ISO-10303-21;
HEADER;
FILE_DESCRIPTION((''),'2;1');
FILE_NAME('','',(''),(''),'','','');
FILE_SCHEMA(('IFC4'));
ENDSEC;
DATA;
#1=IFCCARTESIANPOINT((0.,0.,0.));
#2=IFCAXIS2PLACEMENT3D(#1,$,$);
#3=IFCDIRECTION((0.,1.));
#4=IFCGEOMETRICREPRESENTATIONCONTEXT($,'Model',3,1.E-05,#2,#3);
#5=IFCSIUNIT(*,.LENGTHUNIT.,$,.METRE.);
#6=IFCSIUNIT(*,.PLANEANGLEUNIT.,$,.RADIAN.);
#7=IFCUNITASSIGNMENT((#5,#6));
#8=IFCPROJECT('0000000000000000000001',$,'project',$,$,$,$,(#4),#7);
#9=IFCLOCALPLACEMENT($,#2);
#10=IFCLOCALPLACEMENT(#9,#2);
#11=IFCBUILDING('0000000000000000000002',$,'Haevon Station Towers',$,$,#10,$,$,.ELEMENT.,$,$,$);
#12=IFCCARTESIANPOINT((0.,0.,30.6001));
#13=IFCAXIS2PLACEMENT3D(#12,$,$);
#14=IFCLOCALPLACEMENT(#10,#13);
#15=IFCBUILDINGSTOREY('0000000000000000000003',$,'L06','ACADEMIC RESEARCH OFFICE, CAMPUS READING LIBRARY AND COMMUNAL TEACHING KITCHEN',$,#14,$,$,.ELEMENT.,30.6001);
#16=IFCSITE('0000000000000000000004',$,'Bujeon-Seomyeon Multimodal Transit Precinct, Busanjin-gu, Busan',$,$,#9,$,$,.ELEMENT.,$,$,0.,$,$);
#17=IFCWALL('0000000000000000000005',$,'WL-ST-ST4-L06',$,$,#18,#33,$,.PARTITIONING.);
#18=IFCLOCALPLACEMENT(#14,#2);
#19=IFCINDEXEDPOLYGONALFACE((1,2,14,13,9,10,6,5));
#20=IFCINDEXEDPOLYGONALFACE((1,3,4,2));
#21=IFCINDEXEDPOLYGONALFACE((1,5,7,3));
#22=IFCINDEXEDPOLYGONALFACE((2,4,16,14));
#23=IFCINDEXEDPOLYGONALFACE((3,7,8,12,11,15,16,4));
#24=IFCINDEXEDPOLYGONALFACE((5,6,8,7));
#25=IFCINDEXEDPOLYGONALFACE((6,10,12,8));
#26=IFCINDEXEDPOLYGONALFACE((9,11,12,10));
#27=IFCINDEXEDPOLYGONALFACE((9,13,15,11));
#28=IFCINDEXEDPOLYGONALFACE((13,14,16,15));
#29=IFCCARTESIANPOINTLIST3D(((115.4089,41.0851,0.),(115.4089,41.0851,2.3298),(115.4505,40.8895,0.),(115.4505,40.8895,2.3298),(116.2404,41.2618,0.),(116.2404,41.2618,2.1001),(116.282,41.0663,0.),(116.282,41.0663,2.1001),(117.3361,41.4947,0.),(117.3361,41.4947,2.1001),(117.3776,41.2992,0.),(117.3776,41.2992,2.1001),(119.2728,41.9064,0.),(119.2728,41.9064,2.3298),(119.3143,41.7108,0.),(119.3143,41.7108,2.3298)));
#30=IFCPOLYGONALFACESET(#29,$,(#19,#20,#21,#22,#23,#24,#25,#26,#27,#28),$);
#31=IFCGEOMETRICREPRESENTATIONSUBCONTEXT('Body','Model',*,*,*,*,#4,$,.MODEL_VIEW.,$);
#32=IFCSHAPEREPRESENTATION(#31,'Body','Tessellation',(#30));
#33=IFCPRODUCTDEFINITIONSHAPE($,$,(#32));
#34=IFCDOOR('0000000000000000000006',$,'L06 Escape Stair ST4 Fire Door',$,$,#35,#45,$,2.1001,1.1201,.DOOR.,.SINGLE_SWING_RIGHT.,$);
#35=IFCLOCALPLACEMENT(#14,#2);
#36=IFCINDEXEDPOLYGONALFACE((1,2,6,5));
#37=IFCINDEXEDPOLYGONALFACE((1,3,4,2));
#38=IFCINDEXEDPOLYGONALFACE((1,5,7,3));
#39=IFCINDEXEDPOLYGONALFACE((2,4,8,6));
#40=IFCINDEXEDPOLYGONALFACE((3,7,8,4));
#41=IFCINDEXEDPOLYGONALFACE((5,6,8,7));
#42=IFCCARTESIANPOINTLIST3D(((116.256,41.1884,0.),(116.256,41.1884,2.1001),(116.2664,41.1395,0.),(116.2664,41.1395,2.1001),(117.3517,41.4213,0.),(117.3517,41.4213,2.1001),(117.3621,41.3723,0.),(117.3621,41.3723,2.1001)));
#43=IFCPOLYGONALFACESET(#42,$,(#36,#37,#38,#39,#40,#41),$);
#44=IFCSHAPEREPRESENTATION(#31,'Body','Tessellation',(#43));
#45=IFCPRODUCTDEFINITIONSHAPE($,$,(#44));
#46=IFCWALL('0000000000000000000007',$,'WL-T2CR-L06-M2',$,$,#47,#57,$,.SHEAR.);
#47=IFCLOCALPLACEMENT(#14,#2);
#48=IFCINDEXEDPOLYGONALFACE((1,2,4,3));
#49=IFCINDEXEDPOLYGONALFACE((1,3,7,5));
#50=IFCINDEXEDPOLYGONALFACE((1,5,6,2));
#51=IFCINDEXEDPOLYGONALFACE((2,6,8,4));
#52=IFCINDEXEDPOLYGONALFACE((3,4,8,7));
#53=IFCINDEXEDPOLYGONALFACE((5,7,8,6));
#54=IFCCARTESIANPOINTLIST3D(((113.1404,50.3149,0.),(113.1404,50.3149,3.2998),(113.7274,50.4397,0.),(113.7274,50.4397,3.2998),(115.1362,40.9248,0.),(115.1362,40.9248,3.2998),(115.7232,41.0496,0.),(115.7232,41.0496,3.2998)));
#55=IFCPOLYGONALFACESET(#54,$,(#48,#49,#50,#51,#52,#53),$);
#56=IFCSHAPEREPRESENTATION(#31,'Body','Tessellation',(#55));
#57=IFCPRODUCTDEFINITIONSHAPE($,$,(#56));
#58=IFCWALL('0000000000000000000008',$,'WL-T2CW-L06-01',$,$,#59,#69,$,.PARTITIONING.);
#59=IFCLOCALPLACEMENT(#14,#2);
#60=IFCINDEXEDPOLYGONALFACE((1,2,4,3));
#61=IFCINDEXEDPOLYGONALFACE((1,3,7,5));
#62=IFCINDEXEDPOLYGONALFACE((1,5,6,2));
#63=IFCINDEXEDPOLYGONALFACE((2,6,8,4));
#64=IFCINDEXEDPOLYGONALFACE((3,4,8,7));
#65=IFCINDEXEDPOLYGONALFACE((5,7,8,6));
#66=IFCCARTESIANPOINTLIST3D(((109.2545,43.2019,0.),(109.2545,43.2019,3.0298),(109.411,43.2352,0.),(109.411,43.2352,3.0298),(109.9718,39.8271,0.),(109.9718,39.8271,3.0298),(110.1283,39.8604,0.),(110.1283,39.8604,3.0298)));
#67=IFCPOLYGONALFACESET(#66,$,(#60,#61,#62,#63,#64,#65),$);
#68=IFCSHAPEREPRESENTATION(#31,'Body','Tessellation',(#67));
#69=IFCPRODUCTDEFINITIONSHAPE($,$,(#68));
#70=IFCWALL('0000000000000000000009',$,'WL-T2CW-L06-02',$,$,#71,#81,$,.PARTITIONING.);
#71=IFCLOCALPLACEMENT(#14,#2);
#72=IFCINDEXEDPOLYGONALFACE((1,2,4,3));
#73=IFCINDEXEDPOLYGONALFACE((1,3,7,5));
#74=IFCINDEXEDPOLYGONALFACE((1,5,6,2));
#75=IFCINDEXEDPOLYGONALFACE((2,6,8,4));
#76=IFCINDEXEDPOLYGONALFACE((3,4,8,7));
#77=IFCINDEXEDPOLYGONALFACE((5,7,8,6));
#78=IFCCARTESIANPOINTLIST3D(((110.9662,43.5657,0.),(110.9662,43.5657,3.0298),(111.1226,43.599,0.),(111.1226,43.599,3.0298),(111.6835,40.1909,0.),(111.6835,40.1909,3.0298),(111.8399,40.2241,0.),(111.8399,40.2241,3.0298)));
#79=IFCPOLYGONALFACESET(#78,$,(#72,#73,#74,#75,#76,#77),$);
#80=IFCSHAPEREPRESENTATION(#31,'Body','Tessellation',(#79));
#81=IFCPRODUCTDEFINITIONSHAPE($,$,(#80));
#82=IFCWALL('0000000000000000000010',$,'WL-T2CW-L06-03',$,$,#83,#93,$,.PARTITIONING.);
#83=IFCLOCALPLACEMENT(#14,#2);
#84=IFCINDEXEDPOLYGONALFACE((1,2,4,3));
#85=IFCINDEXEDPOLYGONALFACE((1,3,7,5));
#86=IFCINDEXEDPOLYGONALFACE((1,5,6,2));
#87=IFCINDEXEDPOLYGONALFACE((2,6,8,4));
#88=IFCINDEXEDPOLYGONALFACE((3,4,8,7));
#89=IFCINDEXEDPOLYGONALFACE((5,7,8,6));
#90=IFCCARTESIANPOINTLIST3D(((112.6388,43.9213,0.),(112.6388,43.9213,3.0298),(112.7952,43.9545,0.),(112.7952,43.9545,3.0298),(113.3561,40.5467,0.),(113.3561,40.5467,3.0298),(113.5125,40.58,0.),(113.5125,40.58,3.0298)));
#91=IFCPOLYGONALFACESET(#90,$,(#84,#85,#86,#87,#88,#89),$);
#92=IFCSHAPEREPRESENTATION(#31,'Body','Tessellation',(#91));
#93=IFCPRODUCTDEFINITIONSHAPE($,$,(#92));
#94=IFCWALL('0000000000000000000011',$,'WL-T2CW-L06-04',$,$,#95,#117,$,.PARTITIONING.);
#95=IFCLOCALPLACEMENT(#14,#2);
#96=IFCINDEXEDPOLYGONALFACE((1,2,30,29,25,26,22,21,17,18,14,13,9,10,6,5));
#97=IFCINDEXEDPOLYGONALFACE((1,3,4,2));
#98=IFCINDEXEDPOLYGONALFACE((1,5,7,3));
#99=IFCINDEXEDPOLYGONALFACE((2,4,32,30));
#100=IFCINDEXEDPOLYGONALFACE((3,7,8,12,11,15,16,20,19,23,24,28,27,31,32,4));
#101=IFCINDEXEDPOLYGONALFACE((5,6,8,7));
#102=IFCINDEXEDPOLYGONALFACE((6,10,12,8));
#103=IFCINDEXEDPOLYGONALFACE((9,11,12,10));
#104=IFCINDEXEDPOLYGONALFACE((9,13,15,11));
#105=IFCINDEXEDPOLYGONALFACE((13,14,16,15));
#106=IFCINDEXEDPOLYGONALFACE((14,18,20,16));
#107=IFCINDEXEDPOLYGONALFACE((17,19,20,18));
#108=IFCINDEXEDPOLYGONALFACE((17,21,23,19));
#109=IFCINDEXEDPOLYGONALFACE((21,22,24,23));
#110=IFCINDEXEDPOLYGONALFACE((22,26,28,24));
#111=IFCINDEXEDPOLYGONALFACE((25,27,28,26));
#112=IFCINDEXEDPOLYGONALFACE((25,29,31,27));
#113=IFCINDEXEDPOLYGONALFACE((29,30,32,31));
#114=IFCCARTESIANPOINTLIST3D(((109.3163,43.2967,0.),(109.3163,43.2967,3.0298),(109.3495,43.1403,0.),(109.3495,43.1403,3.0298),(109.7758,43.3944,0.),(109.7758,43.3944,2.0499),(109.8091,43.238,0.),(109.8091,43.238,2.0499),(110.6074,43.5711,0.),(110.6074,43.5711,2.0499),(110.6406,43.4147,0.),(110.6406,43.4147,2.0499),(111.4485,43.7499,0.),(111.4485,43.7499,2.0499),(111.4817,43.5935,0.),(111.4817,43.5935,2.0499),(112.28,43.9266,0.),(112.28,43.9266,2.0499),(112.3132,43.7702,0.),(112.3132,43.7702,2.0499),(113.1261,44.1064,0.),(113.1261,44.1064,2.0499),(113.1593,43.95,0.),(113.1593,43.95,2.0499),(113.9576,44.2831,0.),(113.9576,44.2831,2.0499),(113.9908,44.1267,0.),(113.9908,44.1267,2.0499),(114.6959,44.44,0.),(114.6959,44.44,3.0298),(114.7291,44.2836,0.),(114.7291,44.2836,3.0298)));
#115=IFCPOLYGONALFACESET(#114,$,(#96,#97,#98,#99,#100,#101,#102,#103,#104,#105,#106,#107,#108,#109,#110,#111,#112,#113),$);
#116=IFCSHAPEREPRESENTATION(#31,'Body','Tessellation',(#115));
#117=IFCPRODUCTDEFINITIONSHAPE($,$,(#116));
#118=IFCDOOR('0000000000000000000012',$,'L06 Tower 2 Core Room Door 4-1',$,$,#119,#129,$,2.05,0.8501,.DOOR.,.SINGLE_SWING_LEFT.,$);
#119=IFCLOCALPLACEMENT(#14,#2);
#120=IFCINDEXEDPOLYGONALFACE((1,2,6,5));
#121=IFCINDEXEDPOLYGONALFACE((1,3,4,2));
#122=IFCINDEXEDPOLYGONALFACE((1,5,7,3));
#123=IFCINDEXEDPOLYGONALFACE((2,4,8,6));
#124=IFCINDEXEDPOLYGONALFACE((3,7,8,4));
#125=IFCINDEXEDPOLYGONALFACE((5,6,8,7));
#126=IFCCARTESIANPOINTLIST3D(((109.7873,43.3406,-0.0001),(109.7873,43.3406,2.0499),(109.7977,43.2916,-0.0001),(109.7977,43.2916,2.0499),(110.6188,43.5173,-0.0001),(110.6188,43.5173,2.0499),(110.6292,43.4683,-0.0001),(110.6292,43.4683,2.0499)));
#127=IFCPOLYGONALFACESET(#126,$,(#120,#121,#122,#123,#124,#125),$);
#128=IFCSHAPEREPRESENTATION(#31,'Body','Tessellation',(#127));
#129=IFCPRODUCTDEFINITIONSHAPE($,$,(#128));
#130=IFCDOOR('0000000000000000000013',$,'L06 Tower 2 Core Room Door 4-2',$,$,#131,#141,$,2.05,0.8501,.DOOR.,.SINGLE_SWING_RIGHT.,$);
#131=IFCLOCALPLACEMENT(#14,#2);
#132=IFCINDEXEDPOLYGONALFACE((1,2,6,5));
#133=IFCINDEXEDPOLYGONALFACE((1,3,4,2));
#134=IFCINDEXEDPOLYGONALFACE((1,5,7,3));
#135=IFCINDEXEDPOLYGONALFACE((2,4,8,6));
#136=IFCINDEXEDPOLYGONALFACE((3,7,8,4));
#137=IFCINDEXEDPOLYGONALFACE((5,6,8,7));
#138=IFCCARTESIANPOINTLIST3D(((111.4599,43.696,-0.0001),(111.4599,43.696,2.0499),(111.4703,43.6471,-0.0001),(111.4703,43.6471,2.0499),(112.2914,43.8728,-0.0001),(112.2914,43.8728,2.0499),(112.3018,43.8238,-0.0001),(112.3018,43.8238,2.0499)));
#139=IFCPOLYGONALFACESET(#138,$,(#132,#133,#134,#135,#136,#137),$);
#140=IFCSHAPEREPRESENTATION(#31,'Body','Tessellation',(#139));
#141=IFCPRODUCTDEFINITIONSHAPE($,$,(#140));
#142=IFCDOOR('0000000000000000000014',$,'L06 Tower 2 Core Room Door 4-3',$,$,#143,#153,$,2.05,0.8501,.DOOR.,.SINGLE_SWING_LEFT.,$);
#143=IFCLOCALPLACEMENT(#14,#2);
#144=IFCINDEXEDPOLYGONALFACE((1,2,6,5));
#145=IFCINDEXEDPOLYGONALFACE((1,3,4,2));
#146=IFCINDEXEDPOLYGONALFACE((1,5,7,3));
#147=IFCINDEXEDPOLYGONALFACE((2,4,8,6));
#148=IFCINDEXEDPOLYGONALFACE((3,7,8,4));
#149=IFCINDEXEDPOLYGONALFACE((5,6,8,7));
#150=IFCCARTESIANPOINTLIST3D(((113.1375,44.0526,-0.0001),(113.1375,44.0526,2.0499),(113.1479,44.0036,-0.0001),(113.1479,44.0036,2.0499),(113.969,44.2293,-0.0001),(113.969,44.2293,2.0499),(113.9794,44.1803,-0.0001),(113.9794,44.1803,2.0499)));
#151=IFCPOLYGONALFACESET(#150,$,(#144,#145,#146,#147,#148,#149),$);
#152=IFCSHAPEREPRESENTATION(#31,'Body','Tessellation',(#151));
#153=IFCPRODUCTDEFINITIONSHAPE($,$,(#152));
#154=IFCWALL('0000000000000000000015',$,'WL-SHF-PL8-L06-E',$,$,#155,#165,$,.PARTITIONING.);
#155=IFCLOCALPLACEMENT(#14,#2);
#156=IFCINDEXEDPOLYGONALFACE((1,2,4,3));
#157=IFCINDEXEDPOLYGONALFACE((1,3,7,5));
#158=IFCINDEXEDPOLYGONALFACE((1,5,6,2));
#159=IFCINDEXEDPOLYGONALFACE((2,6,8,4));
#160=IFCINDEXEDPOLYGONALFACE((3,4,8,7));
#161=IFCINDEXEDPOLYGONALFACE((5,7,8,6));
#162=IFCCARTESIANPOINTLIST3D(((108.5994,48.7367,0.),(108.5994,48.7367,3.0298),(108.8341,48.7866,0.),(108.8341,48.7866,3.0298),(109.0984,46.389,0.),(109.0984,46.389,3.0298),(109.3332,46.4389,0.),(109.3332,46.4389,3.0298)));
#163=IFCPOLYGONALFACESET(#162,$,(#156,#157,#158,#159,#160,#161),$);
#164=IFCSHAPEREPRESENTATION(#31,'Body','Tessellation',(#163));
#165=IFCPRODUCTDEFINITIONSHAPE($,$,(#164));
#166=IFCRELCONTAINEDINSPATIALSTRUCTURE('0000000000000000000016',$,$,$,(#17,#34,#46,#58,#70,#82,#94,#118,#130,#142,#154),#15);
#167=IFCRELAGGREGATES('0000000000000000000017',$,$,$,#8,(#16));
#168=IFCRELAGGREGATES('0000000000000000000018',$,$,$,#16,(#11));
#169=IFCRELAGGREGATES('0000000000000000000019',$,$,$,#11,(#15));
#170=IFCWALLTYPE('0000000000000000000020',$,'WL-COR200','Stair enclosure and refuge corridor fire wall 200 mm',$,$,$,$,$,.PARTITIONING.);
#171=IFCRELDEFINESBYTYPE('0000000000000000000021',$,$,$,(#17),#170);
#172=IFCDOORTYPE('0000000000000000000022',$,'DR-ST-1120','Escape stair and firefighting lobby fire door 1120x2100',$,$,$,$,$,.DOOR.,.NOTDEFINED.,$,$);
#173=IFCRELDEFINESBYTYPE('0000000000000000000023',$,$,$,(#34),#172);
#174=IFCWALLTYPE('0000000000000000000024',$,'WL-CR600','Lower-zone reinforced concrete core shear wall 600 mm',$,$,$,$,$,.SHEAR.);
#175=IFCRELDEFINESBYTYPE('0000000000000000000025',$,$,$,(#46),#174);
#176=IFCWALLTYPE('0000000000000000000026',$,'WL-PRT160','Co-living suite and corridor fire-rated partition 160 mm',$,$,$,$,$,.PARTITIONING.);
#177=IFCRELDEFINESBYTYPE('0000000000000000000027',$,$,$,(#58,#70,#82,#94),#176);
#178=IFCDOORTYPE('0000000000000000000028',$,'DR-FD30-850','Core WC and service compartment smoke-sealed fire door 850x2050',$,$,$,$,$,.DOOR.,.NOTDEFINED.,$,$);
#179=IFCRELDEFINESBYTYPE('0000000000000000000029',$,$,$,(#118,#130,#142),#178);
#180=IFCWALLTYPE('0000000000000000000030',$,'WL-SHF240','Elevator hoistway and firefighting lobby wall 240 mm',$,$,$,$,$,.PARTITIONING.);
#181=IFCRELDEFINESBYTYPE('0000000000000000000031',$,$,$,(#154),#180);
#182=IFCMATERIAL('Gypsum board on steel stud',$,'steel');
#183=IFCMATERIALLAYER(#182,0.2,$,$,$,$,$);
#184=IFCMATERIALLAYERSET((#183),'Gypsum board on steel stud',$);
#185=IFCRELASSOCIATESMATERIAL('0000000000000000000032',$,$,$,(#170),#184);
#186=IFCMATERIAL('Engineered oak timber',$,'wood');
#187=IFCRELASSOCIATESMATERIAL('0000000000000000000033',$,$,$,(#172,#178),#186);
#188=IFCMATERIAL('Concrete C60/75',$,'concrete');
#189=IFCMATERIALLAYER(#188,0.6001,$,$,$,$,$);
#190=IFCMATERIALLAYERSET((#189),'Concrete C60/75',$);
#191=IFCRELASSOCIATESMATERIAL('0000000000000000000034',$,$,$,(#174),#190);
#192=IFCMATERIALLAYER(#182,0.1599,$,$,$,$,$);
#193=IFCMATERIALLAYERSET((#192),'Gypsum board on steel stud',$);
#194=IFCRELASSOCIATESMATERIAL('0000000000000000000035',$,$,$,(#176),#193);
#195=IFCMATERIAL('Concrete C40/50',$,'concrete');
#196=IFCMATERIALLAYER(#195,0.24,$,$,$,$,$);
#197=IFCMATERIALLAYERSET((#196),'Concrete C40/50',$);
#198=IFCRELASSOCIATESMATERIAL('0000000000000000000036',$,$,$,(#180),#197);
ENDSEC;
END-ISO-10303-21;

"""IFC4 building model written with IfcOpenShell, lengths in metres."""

from ifc_helpers import new_model, si_unit, direction, frame, frame_2d, origin, place, context, subcontext, project, spatial, rectangle, extrude, material, layer, layer_set, type_object, element, fill, save


model = new_model("IFC4")

# Units and contexts
model_context = context("Model", 3, precision=1e-05, world=origin(), true_north=direction((0.0, 1.0)))
body_context = subcontext(model_context, "Body", "Model", "MODEL_VIEW")
ifc_project = project(units=[si_unit("LENGTHUNIT", "METRE"), si_unit("PLANEANGLEUNIT", "RADIAN")], contexts=[model_context])

# Site, building, storey
site_placement = place(None, origin())
site = spatial("IfcSite", under=ifc_project, at=site_placement, Name="Bujeon-Seomyeon Multimodal Transit Precinct, Busanjin-gu, Busan", CompositionType="ELEMENT", RefElevation=0.0)
building_placement = place(site_placement, origin())
building = spatial("IfcBuilding", under=site, at=building_placement, Name="Haevon Station Towers", CompositionType="ELEMENT")
storey_placement = place(building_placement, frame((0.0, 0.0, 30.6001)))
storey = spatial("IfcBuildingStorey", under=building, at=storey_placement, Name="L06", Description="ACADEMIC RESEARCH OFFICE, CAMPUS READING LIBRARY AND COMMUNAL TEACHING KITCHEN", CompositionType="ELEMENT", Elevation=30.6001)

# Wall, opening, door
ifc_material_1 = material(Name="Gypsum board on steel stud", Category="steel")
ifc_layer_1 = layer(ifc_material_1, 0.2)
ifc_layer_set_1 = layer_set([ifc_layer_1], Name="Gypsum board on steel stud")
wall_type_1 = type_object("IfcWallType", Name="WL-COR200", Description="Stair enclosure and refuge corridor fire wall 200 mm", PredefinedType="PARTITIONING", material=ifc_layer_set_1)
wall_1_placement = place(storey_placement, frame((115.4297, 40.9873, 0.0), z_axis=(0.0, 0.0, 1.0), x_axis=(0.978147, 0.207916, 0.0)))
wall_1 = element("IfcWall", 1, at=wall_1_placement, inside=storey, type_object=wall_type_1, Name="WL-ST-ST4-L06", PredefinedType="PARTITIONING", context=body_context, shape_type="SweptSolid", body=[
    extrude(rectangle(XDim=3.9502, YDim=0.2, at=frame_2d((1.9751, 0.0))), origin(), (0.0, 0.0, 1.0), 2.3298),
])
opening_1_placement = place(wall_1_placement, frame((0.8501, 0.0, 0.0)))
opening_1 = element("IfcOpeningElement", 2, at=opening_1_placement, cuts=wall_1, PredefinedType="OPENING", context=body_context, shape_type="SweptSolid", body=[
    extrude(rectangle(XDim=1.1201, YDim=2.1001, at=frame_2d((0.5601, 1.05))), frame((0.0, 0.1099, 0.0), z_axis=(0.0, -1.0, 0.0), x_axis=(1.0, 0.0, 0.0)), (0.0, 0.0, 1.0), 0.22),
])
ifc_material_2 = material(Name="Engineered oak timber", Category="wood")
door_type_1 = type_object("IfcDoorType", Name="DR-ST-1120", Description="Escape stair and firefighting lobby fire door 1120x2100", OperationType="NOTDEFINED", PredefinedType="DOOR", material=ifc_material_2)
door_1_placement = place(opening_1_placement, origin())
door_1 = element("IfcDoor", 3, at=door_1_placement, inside=storey, type_object=door_type_1, Name="L06 Escape Stair ST4 Fire Door", OperationType="SINGLE_SWING_RIGHT", OverallHeight=2.1001, OverallWidth=1.1201, PredefinedType="DOOR", context=body_context, shape_type="SweptSolid", body=[
    extrude(rectangle(XDim=1.1201, YDim=2.1001, at=frame_2d((0.5601, 1.05))), frame((0.0, 0.0249, 0.0), z_axis=(0.0, -1.0, 0.0), x_axis=(1.0, 0.0, 0.0)), (0.0, 0.0, 1.0), 0.05),
])
fill(opening_1, door_1)

# Walls
ifc_material_3 = material(Name="Concrete C60/75", Category="concrete")
ifc_layer_2 = layer(ifc_material_3, 0.6001)
ifc_layer_set_2 = layer_set([ifc_layer_2], Name="Concrete C60/75")
wall_type_2 = type_object("IfcWallType", Name="WL-CR600", Description="Lower-zone reinforced concrete core shear wall 600 mm", PredefinedType="SHEAR", material=ifc_layer_set_2)
wall_2_placement = place(storey_placement, frame((115.4297, 40.9873, 0.0), z_axis=(0.0, 0.0, 1.0), x_axis=(-0.207903, 0.978149, 0.0)))
element("IfcWall", 4, at=wall_2_placement, inside=storey, type_object=wall_type_2, Name="WL-T2CR-L06-M2", PredefinedType="SHEAR", context=body_context, shape_type="SweptSolid", body=[
    extrude(rectangle(XDim=9.5999, YDim=0.6001, at=frame_2d((4.7998, 0.0))), origin(), (0.0, 0.0, 1.0), 3.2998),
])
ifc_layer_3 = layer(ifc_material_1, 0.1599)
ifc_layer_set_3 = layer_set([ifc_layer_3], Name="Gypsum board on steel stud")
wall_type_3 = type_object("IfcWallType", Name="WL-PRT160", Description="Co-living suite and corridor fire-rated partition 160 mm", PredefinedType="PARTITIONING", material=ifc_layer_set_3)
for number, where, z_axis, x_axis, name in (
    (5, (110.05, 39.8438, 0.0), (0.0, 0.0, 1.0), (-0.2079, 0.97815, 0.0), "WL-T2CW-L06-01"),
    (6, (111.7617, 40.2075, 0.0), (0.0, 0.0, 1.0), (-0.2079, 0.97815, 0.0), "WL-T2CW-L06-02"),
):
    element("IfcWall", number, at=place(storey_placement, frame(where, z_axis=z_axis, x_axis=x_axis)), inside=storey, type_object=wall_type_3, Name=name, PredefinedType="PARTITIONING", context=body_context, shape_type="SweptSolid", body=[
        extrude(rectangle(XDim=3.4502, YDim=0.1599, at=frame_2d((1.7251, 0.0))), origin(), (0.0, 0.0, 1.0), 3.0298),
    ])
wall_3_placement = place(storey_placement, frame((113.4343, 40.5632, 0.0), z_axis=(0.0, 0.0, 1.0), x_axis=(-0.207915, 0.978147, 0.0)))
element("IfcWall", 7, at=wall_3_placement, inside=storey, type_object=wall_type_3, Name="WL-T2CW-L06-03", PredefinedType="PARTITIONING", context=body_context, shape_type="SweptSolid", body=[
    extrude(rectangle(XDim=3.45, YDim=0.1599, at=frame_2d((1.7251, 0.0))), origin(), (0.0, 0.0, 1.0), 3.0298),
])

# Wall, openings, doors
wall_4_placement = place(storey_placement, frame((109.3328, 43.2185, 0.0), z_axis=(0.0, 0.0, 1.0), x_axis=(0.978154, 0.207883, 0.0)))
wall_4 = element("IfcWall", 8, at=wall_4_placement, inside=storey, type_object=wall_type_3, Name="WL-T2CW-L06-04", PredefinedType="PARTITIONING", context=body_context, shape_type="SweptSolid", body=[
    extrude(rectangle(XDim=5.4998, YDim=0.1599, at=frame_2d((2.75, 0.0))), origin(), (0.0, 0.0, 1.0), 3.0298),
])
opening_2_placement = place(wall_4_placement, frame((0.47, 0.0, 0.0)))
opening_2 = element("IfcOpeningElement", 9, at=opening_2_placement, cuts=wall_4, PredefinedType="OPENING", context=body_context, shape_type="SweptSolid", body=[
    extrude(rectangle(XDim=0.8501, YDim=2.05, at=frame_2d((0.425, 1.0249))), frame((0.0, 0.0898, 0.0), z_axis=(0.0, -1.0, 0.0), x_axis=(1.0, 0.0, 0.0)), (0.0, 0.0, 1.0), 0.1799),
])
opening_3_placement = place(wall_4_placement, frame((2.1799, 0.0, 0.0)))
opening_3 = element("IfcOpeningElement", 10, at=opening_3_placement, cuts=wall_4, PredefinedType="OPENING", context=body_context, shape_type="SweptSolid", body=[
    extrude(rectangle(XDim=0.8501, YDim=2.05, at=frame_2d((0.425, 1.0249))), frame((0.0, 0.0898, 0.0), z_axis=(0.0, -1.0, 0.0), x_axis=(1.0, 0.0, 0.0)), (0.0, 0.0, 1.0), 0.1799),
])
opening_4_placement = place(wall_4_placement, frame((3.895, 0.0, 0.0)))
opening_4 = element("IfcOpeningElement", 11, at=opening_4_placement, cuts=wall_4, PredefinedType="OPENING", context=body_context, shape_type="SweptSolid", body=[
    extrude(rectangle(XDim=0.8501, YDim=2.05, at=frame_2d((0.425, 1.0249))), frame((0.0, 0.0898, 0.0), z_axis=(0.0, -1.0, 0.0), x_axis=(1.0, 0.0, 0.0)), (0.0, 0.0, 1.0), 0.1799),
])
door_type_2 = type_object("IfcDoorType", Name="DR-FD30-850", Description="Core WC and service compartment smoke-sealed fire door 850x2050", OperationType="NOTDEFINED", PredefinedType="DOOR", material=ifc_material_2)
door_2_placement = place(opening_2_placement, origin())
door_2 = element("IfcDoor", 12, at=door_2_placement, inside=storey, type_object=door_type_2, Name="L06 Tower 2 Core Room Door 4-1", OperationType="SINGLE_SWING_LEFT", OverallHeight=2.05, OverallWidth=0.8501, PredefinedType="DOOR", context=body_context, shape_type="SweptSolid", body=[
    extrude(rectangle(XDim=0.8501, YDim=2.05, at=frame_2d((0.425, 1.0249))), frame((0.0, 0.0249, 0.0), z_axis=(0.0, -1.0, 0.0), x_axis=(1.0, 0.0, 0.0)), (0.0, 0.0, 1.0), 0.05),
])
fill(opening_2, door_2)
door_3_placement = place(opening_3_placement, origin())
door_3 = element("IfcDoor", 13, at=door_3_placement, inside=storey, type_object=door_type_2, Name="L06 Tower 2 Core Room Door 4-2", OperationType="SINGLE_SWING_RIGHT", OverallHeight=2.05, OverallWidth=0.8501, PredefinedType="DOOR", context=body_context, shape_type="SweptSolid", body=[
    extrude(rectangle(XDim=0.8501, YDim=2.05, at=frame_2d((0.425, 1.0249))), frame((0.0, 0.0249, 0.0), z_axis=(0.0, -1.0, 0.0), x_axis=(1.0, 0.0, 0.0)), (0.0, 0.0, 1.0), 0.05),
])
fill(opening_3, door_3)
door_4_placement = place(opening_4_placement, origin())
door_4 = element("IfcDoor", 14, at=door_4_placement, inside=storey, type_object=door_type_2, Name="L06 Tower 2 Core Room Door 4-3", OperationType="SINGLE_SWING_LEFT", OverallHeight=2.05, OverallWidth=0.8501, PredefinedType="DOOR", context=body_context, shape_type="SweptSolid", body=[
    extrude(rectangle(XDim=0.8501, YDim=2.05, at=frame_2d((0.425, 1.0249))), frame((0.0, 0.0249, 0.0), z_axis=(0.0, -1.0, 0.0), x_axis=(1.0, 0.0, 0.0)), (0.0, 0.0, 1.0), 0.05),
])
fill(opening_4, door_4)

# Wall
ifc_material_4 = material(Name="Concrete C40/50", Category="concrete")
ifc_layer_4 = layer(ifc_material_4, 0.24)
ifc_layer_set_4 = layer_set([ifc_layer_4], Name="Concrete C40/50")
wall_type_4 = type_object("IfcWallType", Name="WL-SHF240", Description="Elevator hoistway and firefighting lobby wall 240 mm", PredefinedType="PARTITIONING", material=ifc_layer_set_4)
wall_5_placement = place(storey_placement, frame((109.2158, 46.4138, 0.0), z_axis=(0.0, 0.0, 1.0), x_axis=(-0.207917, 0.978146, 0.0)))
element("IfcWall", 15, at=wall_5_placement, inside=storey, type_object=wall_type_4, Name="WL-SHF-PL8-L06-E", PredefinedType="PARTITIONING", context=body_context, shape_type="SweptSolid", body=[
    extrude(rectangle(XDim=2.4001, YDim=0.24, at=frame_2d((1.2002, 0.0))), origin(), (0.0, 0.0, 1.0), 3.0298),
])

save(model, "model.ifc")
